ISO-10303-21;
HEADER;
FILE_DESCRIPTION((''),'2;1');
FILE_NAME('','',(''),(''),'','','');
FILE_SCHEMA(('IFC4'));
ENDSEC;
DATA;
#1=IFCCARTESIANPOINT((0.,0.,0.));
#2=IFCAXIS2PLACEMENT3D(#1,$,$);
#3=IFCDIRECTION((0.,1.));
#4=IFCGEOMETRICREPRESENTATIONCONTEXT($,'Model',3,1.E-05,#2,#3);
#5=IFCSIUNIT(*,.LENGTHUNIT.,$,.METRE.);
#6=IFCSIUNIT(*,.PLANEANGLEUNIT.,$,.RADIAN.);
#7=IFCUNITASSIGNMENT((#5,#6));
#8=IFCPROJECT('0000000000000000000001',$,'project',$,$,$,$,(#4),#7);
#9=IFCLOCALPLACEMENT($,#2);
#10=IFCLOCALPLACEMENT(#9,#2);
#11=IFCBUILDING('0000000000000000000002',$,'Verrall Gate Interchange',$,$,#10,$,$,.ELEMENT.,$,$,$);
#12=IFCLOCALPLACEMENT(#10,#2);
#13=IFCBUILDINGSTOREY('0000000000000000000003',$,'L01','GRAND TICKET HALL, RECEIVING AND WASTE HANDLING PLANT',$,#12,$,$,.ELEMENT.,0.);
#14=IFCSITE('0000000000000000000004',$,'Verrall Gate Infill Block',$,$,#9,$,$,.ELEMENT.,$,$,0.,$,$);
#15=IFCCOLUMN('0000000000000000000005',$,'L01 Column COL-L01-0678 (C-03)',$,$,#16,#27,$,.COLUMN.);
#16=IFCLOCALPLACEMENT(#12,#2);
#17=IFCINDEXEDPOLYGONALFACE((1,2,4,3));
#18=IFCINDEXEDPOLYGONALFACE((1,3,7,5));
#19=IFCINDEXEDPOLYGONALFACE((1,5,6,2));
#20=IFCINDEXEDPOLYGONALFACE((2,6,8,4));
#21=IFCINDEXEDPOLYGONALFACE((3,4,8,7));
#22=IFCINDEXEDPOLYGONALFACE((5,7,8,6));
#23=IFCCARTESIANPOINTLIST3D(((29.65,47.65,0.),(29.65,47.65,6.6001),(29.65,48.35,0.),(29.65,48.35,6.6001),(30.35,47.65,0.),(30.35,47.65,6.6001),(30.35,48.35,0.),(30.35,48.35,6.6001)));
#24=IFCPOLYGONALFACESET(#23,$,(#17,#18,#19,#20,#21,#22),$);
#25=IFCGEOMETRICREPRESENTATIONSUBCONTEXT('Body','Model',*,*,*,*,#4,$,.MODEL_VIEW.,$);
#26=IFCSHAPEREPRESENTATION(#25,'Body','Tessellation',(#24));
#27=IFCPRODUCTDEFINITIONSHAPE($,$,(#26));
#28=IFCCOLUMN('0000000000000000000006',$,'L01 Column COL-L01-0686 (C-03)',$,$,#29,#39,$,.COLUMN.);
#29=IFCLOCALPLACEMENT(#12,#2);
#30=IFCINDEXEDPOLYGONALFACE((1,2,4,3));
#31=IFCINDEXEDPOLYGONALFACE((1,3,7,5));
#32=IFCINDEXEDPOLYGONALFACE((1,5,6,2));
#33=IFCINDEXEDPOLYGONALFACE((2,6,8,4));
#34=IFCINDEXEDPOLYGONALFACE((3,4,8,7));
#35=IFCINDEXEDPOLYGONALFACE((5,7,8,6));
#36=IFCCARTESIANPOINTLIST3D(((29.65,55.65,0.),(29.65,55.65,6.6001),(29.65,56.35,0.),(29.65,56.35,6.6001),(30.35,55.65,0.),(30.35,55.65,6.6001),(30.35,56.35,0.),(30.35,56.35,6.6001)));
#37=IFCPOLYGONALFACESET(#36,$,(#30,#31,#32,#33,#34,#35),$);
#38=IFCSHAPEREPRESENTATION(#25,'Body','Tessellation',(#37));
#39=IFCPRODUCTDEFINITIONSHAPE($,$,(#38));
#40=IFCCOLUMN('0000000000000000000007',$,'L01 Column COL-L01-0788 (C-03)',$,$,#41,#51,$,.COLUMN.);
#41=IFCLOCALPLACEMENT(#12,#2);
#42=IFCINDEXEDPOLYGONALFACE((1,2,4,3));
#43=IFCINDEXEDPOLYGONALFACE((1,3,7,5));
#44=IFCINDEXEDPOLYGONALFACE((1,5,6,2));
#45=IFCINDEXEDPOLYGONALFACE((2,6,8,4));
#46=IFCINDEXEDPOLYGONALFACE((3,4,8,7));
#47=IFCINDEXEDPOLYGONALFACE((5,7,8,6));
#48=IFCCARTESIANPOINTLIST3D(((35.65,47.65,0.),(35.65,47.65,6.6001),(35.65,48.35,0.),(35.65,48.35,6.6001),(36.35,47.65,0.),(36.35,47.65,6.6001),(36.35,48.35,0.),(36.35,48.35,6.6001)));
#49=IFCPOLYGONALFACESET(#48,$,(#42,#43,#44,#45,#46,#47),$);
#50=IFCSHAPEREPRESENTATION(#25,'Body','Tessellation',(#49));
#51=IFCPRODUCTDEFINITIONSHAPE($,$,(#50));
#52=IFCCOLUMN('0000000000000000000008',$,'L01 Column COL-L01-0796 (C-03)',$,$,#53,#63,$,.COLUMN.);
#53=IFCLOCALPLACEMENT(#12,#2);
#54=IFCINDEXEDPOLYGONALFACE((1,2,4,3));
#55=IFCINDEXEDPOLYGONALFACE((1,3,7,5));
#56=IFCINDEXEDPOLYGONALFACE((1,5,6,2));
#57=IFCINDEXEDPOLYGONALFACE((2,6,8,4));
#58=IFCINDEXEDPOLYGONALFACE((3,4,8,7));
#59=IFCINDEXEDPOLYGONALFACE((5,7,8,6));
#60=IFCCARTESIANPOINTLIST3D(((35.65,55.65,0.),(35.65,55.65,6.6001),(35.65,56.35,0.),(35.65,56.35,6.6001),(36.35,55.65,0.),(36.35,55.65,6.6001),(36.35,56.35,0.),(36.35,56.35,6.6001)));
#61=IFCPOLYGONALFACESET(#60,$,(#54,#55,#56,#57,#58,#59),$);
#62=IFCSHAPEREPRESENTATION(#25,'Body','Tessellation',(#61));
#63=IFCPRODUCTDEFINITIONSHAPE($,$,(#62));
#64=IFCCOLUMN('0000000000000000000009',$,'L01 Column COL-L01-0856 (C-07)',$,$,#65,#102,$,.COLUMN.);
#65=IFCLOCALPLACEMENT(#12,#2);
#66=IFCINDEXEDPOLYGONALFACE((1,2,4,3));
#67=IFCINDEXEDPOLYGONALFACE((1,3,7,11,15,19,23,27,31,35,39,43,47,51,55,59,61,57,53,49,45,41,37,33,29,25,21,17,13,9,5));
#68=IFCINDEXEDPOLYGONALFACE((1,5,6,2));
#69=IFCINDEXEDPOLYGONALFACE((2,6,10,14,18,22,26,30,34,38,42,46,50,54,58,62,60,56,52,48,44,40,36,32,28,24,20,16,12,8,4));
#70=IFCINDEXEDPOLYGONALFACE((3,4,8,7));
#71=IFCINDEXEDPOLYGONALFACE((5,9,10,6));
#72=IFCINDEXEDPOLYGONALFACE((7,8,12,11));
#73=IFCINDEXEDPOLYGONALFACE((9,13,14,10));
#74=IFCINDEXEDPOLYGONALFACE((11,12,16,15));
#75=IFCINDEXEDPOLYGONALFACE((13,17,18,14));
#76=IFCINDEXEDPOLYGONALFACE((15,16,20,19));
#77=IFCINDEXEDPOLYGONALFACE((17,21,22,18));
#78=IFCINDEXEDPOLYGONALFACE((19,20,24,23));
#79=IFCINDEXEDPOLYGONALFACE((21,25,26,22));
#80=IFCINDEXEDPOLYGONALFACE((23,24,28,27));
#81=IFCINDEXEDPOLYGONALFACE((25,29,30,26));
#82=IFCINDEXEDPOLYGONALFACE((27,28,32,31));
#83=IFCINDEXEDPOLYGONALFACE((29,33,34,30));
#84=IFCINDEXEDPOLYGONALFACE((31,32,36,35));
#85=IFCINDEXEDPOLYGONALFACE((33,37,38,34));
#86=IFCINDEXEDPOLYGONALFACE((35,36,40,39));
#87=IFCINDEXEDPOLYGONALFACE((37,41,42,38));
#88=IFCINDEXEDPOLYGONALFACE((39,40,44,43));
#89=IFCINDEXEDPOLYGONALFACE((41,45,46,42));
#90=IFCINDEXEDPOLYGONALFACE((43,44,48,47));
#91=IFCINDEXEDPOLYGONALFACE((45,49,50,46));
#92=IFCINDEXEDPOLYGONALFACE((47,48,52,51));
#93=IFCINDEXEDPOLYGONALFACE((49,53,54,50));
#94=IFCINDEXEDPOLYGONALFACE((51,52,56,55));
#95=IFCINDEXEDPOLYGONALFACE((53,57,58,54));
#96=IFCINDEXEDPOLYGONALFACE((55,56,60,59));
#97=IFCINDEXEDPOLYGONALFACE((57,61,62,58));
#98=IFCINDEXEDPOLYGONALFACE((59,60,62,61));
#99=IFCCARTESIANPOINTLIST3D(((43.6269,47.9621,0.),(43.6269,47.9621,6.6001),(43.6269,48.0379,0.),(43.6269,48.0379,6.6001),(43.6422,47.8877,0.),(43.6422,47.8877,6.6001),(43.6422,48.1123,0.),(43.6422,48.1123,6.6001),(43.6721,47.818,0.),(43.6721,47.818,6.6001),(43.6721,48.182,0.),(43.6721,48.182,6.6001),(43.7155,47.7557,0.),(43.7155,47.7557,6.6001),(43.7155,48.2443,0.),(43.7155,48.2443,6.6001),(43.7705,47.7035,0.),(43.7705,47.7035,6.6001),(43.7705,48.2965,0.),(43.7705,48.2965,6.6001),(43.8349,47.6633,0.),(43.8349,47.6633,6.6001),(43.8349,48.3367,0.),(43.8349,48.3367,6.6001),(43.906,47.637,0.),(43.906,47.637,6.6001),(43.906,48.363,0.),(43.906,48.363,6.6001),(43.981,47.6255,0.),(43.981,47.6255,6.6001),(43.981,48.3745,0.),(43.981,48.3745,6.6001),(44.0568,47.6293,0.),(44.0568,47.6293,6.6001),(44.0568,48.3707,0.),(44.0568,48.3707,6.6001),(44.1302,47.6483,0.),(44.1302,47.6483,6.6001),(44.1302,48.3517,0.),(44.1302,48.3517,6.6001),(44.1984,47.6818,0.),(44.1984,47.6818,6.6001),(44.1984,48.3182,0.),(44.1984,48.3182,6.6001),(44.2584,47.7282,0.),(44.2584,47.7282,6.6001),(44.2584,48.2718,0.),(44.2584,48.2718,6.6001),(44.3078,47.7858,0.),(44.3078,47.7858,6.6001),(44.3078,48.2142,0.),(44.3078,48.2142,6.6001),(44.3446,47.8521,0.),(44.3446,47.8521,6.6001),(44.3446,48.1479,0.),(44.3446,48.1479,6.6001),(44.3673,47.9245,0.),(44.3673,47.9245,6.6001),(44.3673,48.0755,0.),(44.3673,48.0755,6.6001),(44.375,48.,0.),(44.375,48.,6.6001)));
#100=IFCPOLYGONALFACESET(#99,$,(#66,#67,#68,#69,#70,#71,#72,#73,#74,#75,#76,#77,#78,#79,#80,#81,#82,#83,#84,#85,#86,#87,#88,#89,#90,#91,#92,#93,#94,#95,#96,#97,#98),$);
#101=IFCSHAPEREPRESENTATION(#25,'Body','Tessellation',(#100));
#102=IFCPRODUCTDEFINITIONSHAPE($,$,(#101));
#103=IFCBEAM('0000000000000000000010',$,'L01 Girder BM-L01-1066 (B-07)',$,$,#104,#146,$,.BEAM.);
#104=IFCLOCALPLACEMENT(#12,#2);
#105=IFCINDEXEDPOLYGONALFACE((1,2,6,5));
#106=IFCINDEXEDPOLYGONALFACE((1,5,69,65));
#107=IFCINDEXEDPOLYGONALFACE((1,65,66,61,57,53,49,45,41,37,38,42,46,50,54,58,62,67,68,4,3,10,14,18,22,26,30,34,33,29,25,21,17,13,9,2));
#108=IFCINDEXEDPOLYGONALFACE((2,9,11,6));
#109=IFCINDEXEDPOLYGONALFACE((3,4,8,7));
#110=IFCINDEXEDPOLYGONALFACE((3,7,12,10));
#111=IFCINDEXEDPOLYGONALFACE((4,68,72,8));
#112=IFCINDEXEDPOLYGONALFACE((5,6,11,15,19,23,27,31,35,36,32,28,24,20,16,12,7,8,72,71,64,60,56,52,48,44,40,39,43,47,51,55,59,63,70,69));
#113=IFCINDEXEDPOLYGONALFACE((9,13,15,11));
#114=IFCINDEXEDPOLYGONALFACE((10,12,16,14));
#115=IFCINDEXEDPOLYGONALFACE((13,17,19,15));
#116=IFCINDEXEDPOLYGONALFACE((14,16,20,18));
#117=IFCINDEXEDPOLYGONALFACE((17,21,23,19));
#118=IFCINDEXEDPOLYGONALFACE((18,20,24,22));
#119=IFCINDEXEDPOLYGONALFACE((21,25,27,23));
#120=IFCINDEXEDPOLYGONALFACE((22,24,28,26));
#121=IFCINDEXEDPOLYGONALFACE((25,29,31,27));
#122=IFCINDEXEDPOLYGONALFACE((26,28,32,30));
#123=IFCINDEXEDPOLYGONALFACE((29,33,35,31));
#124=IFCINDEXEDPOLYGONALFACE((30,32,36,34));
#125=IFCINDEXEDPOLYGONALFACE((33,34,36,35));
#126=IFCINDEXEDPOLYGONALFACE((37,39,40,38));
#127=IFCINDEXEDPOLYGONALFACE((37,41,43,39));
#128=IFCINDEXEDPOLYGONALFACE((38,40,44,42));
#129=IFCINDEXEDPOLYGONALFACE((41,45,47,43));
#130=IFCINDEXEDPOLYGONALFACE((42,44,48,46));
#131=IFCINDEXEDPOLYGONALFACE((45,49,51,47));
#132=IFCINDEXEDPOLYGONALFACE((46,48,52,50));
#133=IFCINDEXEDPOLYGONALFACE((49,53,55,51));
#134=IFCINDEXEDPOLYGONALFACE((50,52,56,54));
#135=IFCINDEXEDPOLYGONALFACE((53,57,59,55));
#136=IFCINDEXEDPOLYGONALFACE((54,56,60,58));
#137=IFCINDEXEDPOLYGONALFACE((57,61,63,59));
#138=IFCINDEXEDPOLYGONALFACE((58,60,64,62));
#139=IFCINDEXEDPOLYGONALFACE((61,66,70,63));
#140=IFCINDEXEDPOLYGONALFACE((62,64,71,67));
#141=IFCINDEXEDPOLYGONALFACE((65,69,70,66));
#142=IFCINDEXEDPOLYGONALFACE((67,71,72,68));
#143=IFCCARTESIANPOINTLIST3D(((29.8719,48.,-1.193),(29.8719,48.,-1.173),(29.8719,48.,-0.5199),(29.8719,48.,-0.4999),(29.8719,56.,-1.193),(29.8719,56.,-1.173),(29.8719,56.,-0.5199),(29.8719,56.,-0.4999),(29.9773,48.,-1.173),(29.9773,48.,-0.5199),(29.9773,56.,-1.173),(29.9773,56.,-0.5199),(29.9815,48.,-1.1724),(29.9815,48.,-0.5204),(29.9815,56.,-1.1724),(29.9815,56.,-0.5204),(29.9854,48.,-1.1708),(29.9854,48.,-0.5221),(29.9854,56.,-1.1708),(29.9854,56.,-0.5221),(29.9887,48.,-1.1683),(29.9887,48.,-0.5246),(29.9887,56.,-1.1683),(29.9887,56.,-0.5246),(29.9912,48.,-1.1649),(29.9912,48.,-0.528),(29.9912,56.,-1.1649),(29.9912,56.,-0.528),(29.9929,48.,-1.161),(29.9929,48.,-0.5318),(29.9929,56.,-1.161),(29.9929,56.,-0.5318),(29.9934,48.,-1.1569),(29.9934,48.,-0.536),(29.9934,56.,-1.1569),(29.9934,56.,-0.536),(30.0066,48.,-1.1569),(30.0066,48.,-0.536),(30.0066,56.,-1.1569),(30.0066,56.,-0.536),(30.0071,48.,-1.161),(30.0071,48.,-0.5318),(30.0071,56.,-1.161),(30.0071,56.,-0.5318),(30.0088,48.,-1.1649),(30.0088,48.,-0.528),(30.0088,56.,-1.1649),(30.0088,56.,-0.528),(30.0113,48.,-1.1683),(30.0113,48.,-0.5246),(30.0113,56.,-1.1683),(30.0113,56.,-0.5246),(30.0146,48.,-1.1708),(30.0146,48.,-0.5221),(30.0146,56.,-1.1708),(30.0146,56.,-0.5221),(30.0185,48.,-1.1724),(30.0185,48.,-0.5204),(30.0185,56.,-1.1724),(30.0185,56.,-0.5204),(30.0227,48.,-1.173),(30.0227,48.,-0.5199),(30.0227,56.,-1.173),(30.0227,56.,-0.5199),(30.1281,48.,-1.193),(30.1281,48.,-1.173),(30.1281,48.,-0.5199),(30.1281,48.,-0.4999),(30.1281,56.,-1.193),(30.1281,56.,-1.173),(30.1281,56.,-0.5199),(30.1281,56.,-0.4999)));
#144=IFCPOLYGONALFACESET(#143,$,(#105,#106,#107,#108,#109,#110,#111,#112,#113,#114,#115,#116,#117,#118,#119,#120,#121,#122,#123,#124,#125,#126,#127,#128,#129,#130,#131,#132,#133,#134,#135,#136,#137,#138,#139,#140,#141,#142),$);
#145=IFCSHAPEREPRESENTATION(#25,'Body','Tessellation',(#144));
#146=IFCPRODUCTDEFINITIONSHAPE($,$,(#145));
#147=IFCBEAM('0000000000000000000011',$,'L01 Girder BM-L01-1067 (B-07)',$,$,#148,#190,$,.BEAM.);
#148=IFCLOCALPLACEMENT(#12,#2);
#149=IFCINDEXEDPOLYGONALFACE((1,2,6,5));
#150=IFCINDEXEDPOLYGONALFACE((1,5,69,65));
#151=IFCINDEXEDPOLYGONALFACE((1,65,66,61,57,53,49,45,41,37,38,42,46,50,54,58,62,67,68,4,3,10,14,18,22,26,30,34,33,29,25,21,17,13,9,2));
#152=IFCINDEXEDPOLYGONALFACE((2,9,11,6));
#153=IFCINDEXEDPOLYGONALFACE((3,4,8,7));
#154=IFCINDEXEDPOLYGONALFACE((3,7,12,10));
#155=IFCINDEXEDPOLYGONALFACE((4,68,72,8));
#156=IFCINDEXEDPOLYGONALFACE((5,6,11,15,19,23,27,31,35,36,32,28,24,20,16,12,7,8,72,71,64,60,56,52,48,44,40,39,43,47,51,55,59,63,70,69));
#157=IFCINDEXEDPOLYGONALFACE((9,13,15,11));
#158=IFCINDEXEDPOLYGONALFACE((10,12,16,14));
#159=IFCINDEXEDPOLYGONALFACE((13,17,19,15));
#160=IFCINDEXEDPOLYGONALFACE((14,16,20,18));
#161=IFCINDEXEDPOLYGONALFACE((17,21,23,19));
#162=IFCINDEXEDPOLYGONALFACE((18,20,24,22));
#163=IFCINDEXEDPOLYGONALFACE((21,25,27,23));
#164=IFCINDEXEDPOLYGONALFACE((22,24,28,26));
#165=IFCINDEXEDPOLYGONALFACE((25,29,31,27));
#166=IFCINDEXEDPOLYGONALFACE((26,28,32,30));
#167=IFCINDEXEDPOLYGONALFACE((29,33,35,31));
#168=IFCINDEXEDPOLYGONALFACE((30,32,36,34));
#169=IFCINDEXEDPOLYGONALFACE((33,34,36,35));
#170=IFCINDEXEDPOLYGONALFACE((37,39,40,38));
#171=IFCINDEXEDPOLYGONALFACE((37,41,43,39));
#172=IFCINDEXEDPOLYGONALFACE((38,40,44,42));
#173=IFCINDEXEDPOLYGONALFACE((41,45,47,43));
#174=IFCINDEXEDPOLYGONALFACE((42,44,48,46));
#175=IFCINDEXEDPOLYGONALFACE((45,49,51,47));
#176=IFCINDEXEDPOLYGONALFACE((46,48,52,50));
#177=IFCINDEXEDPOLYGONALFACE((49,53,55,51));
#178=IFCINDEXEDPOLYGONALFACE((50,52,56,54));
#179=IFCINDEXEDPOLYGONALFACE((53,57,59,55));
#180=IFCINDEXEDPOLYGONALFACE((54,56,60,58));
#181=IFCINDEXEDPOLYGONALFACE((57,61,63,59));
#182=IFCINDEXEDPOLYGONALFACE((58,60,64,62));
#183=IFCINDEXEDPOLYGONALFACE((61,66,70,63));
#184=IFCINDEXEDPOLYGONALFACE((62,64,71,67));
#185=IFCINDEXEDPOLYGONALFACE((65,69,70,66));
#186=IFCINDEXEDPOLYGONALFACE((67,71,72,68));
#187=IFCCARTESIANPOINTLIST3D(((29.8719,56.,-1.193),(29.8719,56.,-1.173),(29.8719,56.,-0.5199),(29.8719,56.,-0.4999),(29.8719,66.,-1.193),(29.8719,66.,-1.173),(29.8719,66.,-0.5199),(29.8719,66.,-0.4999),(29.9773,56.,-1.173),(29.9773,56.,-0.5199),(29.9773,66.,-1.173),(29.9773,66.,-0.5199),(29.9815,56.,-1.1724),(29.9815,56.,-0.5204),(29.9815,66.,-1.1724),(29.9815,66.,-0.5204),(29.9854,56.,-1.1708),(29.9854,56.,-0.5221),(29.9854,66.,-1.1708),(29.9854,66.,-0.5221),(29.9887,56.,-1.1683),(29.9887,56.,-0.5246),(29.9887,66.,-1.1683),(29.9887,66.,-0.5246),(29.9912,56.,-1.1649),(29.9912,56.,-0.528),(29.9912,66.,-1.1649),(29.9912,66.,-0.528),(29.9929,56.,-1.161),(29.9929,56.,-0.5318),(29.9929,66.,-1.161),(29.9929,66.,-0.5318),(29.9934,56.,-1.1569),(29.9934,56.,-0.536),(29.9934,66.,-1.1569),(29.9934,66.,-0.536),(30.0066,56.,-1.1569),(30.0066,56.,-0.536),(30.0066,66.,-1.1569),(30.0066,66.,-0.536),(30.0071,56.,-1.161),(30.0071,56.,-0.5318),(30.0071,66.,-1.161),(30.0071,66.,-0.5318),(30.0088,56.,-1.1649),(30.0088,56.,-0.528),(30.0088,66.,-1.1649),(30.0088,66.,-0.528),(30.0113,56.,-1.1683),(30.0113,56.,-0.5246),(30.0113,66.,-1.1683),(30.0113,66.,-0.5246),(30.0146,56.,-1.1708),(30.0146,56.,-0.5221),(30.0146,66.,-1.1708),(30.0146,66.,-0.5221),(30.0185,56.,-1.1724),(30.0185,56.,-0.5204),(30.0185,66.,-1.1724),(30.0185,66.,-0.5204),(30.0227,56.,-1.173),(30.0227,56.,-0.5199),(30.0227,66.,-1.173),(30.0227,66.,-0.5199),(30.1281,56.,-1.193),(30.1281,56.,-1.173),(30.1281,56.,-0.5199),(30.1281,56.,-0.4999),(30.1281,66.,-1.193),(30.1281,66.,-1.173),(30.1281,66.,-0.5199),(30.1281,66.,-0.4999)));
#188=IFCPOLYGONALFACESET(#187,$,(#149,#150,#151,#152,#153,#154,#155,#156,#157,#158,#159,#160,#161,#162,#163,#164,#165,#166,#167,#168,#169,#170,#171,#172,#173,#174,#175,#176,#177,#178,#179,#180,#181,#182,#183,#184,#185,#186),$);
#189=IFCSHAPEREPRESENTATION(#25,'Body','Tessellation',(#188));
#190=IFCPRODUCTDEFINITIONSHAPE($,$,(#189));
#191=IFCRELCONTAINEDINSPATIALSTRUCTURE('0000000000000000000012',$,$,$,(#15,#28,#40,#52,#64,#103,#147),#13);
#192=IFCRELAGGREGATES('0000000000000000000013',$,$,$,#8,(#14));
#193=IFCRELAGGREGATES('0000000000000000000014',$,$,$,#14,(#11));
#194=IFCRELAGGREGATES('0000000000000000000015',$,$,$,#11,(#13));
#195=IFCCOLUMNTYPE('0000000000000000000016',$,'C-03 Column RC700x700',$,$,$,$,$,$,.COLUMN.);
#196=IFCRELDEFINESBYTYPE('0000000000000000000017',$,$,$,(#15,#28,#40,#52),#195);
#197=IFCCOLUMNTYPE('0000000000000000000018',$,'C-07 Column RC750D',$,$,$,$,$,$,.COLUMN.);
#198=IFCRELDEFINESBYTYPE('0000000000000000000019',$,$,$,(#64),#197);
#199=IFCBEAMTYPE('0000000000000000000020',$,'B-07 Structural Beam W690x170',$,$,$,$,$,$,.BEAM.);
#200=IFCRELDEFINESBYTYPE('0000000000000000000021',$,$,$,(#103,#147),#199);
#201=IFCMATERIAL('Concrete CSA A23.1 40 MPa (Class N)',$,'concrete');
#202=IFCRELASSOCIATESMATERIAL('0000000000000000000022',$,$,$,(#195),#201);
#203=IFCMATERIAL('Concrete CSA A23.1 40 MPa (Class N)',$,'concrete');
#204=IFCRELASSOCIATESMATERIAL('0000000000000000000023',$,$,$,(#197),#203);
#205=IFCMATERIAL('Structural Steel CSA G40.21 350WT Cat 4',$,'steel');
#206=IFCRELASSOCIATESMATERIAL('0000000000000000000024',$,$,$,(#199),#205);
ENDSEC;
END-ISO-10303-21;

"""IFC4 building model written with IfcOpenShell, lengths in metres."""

from ifc_helpers import new_model, si_unit, direction, frame, origin, origin_2d, place, context, subcontext, project, spatial, rectangle, circle, i_section, extrude, material, material_profile, profile_set, type_object, element, save


model = new_model("IFC4")

# Units and contexts
model_context = context("Model", 3, precision=1e-05, world=origin(), true_north=direction((0.0, 1.0)))
body_context = subcontext(model_context, "Body", "Model", "MODEL_VIEW")
ifc_project = project(units=[si_unit("LENGTHUNIT", "METRE"), si_unit("PLANEANGLEUNIT", "RADIAN")], contexts=[model_context])

# Site, building, storey
site_placement = place(None, origin())
site = spatial("IfcSite", under=ifc_project, at=site_placement, Name="Verrall Gate Infill Block", CompositionType="ELEMENT", RefElevation=0.0)
building_placement = place(site_placement, origin())
building = spatial("IfcBuilding", under=site, at=building_placement, Name="Verrall Gate Interchange", CompositionType="ELEMENT")
storey_placement = place(building_placement, origin())
storey = spatial("IfcBuildingStorey", under=building, at=storey_placement, Name="L01", Description="GRAND TICKET HALL, RECEIVING AND WASTE HANDLING PLANT", CompositionType="ELEMENT", Elevation=0.0)

# Columns
ifc_material_1 = material(Name="Concrete CSA A23.1 40 MPa (Class N)", Category="concrete")
ifc_material_profile_1 = material_profile(ifc_material_1, rectangle(XDim=0.7, YDim=0.7, at=origin_2d()), Name="RC700x700")
ifc_profile_set_1 = profile_set([ifc_material_profile_1], Name="Concrete CSA A23.1 40 MPa (Class N)")
column_type_1 = type_object("IfcColumnType", Name="C-03 Column RC700x700", PredefinedType="COLUMN", material=ifc_profile_set_1)
for number, where, z_axis, x_axis, name in (
    (1, (30.0, 48.0, 0.0), (0.0, 0.0, 1.0), (1.0, 0.0, 0.0), "L01 Column COL-L01-0678 (C-03)"),
    (2, (30.0, 56.0, 0.0), (0.0, 0.0, 1.0), (1.0, 0.0, 0.0), "L01 Column COL-L01-0686 (C-03)"),
    (3, (36.0, 48.0, 0.0), (0.0, 0.0, 1.0), (1.0, 0.0, 0.0), "L01 Column COL-L01-0788 (C-03)"),
    (4, (36.0, 56.0, 0.0), (0.0, 0.0, 1.0), (1.0, 0.0, 0.0), "L01 Column COL-L01-0796 (C-03)"),
):
    element("IfcColumn", number, at=place(storey_placement, frame(where, z_axis=z_axis, x_axis=x_axis)), inside=storey, type_object=column_type_1, Name=name, PredefinedType="COLUMN", context=body_context, shape_type="SweptSolid", body=[
        extrude(rectangle(XDim=0.7, YDim=0.7, at=origin_2d()), origin(), (0.0, 0.0, 1.0), 6.6001),
    ])
ifc_material_2 = material(Name="Concrete CSA A23.1 40 MPa (Class N)", Category="concrete")
ifc_material_profile_2 = material_profile(ifc_material_2, circle(Radius=0.375, at=origin_2d()), Name="RC750D")
ifc_profile_set_2 = profile_set([ifc_material_profile_2], Name="Concrete CSA A23.1 40 MPa (Class N)")
column_type_2 = type_object("IfcColumnType", Name="C-07 Column RC750D", PredefinedType="COLUMN", material=ifc_profile_set_2)
column_placement = place(storey_placement, frame((44.0, 48.0, 0.0), z_axis=(0.0, 0.0, 1.0), x_axis=(1.0, 0.0, 0.0)))
element("IfcColumn", 5, at=column_placement, inside=storey, type_object=column_type_2, Name="L01 Column COL-L01-0856 (C-07)", PredefinedType="COLUMN", context=body_context, shape_type="SweptSolid", body=[
    extrude(circle(Radius=0.375, at=origin_2d()), origin(), (0.0, 0.0, 1.0), 6.6001),
])

# Beams
ifc_material_3 = material(Name="Structural Steel CSA G40.21 350WT Cat 4", Category="steel")
ifc_material_profile_3 = material_profile(ifc_material_3, i_section(OverallWidth=0.2561, OverallDepth=0.6931, WebThickness=0.0132, FlangeThickness=0.02, FilletRadius=0.0161, at=origin_2d()), Name="W690x170")
ifc_profile_set_3 = profile_set([ifc_material_profile_3], Name="Structural Steel CSA G40.21 350WT Cat 4")
beam_type_1 = type_object("IfcBeamType", Name="B-07 Structural Beam W690x170", PredefinedType="BEAM", material=ifc_profile_set_3)
beam_1_placement = place(storey_placement, frame((30.0, 48.0, -0.8464), z_axis=(0.0, 1.0, 0.0), x_axis=(-1.0, 0.0, 0.0)))
element("IfcBeam", 6, at=beam_1_placement, inside=storey, type_object=beam_type_1, Name="L01 Girder BM-L01-1066 (B-07)", PredefinedType="BEAM", context=body_context, shape_type="SweptSolid", body=[
    extrude(i_section(OverallWidth=0.2561, OverallDepth=0.6931, WebThickness=0.0132, FlangeThickness=0.02, FilletRadius=0.0161, at=origin_2d()), origin(), (0.0, 0.0, 1.0), 8.0),
])
beam_2_placement = place(storey_placement, frame((30.0, 56.0, -0.8464), z_axis=(0.0, 1.0, 0.0), x_axis=(-1.0, 0.0, 0.0)))
element("IfcBeam", 7, at=beam_2_placement, inside=storey, type_object=beam_type_1, Name="L01 Girder BM-L01-1067 (B-07)", PredefinedType="BEAM", context=body_context, shape_type="SweptSolid", body=[
    extrude(i_section(OverallWidth=0.2561, OverallDepth=0.6931, WebThickness=0.0132, FlangeThickness=0.02, FilletRadius=0.0161, at=origin_2d()), origin(), (0.0, 0.0, 1.0), 10.0),
])

save(model, "model.ifc")
